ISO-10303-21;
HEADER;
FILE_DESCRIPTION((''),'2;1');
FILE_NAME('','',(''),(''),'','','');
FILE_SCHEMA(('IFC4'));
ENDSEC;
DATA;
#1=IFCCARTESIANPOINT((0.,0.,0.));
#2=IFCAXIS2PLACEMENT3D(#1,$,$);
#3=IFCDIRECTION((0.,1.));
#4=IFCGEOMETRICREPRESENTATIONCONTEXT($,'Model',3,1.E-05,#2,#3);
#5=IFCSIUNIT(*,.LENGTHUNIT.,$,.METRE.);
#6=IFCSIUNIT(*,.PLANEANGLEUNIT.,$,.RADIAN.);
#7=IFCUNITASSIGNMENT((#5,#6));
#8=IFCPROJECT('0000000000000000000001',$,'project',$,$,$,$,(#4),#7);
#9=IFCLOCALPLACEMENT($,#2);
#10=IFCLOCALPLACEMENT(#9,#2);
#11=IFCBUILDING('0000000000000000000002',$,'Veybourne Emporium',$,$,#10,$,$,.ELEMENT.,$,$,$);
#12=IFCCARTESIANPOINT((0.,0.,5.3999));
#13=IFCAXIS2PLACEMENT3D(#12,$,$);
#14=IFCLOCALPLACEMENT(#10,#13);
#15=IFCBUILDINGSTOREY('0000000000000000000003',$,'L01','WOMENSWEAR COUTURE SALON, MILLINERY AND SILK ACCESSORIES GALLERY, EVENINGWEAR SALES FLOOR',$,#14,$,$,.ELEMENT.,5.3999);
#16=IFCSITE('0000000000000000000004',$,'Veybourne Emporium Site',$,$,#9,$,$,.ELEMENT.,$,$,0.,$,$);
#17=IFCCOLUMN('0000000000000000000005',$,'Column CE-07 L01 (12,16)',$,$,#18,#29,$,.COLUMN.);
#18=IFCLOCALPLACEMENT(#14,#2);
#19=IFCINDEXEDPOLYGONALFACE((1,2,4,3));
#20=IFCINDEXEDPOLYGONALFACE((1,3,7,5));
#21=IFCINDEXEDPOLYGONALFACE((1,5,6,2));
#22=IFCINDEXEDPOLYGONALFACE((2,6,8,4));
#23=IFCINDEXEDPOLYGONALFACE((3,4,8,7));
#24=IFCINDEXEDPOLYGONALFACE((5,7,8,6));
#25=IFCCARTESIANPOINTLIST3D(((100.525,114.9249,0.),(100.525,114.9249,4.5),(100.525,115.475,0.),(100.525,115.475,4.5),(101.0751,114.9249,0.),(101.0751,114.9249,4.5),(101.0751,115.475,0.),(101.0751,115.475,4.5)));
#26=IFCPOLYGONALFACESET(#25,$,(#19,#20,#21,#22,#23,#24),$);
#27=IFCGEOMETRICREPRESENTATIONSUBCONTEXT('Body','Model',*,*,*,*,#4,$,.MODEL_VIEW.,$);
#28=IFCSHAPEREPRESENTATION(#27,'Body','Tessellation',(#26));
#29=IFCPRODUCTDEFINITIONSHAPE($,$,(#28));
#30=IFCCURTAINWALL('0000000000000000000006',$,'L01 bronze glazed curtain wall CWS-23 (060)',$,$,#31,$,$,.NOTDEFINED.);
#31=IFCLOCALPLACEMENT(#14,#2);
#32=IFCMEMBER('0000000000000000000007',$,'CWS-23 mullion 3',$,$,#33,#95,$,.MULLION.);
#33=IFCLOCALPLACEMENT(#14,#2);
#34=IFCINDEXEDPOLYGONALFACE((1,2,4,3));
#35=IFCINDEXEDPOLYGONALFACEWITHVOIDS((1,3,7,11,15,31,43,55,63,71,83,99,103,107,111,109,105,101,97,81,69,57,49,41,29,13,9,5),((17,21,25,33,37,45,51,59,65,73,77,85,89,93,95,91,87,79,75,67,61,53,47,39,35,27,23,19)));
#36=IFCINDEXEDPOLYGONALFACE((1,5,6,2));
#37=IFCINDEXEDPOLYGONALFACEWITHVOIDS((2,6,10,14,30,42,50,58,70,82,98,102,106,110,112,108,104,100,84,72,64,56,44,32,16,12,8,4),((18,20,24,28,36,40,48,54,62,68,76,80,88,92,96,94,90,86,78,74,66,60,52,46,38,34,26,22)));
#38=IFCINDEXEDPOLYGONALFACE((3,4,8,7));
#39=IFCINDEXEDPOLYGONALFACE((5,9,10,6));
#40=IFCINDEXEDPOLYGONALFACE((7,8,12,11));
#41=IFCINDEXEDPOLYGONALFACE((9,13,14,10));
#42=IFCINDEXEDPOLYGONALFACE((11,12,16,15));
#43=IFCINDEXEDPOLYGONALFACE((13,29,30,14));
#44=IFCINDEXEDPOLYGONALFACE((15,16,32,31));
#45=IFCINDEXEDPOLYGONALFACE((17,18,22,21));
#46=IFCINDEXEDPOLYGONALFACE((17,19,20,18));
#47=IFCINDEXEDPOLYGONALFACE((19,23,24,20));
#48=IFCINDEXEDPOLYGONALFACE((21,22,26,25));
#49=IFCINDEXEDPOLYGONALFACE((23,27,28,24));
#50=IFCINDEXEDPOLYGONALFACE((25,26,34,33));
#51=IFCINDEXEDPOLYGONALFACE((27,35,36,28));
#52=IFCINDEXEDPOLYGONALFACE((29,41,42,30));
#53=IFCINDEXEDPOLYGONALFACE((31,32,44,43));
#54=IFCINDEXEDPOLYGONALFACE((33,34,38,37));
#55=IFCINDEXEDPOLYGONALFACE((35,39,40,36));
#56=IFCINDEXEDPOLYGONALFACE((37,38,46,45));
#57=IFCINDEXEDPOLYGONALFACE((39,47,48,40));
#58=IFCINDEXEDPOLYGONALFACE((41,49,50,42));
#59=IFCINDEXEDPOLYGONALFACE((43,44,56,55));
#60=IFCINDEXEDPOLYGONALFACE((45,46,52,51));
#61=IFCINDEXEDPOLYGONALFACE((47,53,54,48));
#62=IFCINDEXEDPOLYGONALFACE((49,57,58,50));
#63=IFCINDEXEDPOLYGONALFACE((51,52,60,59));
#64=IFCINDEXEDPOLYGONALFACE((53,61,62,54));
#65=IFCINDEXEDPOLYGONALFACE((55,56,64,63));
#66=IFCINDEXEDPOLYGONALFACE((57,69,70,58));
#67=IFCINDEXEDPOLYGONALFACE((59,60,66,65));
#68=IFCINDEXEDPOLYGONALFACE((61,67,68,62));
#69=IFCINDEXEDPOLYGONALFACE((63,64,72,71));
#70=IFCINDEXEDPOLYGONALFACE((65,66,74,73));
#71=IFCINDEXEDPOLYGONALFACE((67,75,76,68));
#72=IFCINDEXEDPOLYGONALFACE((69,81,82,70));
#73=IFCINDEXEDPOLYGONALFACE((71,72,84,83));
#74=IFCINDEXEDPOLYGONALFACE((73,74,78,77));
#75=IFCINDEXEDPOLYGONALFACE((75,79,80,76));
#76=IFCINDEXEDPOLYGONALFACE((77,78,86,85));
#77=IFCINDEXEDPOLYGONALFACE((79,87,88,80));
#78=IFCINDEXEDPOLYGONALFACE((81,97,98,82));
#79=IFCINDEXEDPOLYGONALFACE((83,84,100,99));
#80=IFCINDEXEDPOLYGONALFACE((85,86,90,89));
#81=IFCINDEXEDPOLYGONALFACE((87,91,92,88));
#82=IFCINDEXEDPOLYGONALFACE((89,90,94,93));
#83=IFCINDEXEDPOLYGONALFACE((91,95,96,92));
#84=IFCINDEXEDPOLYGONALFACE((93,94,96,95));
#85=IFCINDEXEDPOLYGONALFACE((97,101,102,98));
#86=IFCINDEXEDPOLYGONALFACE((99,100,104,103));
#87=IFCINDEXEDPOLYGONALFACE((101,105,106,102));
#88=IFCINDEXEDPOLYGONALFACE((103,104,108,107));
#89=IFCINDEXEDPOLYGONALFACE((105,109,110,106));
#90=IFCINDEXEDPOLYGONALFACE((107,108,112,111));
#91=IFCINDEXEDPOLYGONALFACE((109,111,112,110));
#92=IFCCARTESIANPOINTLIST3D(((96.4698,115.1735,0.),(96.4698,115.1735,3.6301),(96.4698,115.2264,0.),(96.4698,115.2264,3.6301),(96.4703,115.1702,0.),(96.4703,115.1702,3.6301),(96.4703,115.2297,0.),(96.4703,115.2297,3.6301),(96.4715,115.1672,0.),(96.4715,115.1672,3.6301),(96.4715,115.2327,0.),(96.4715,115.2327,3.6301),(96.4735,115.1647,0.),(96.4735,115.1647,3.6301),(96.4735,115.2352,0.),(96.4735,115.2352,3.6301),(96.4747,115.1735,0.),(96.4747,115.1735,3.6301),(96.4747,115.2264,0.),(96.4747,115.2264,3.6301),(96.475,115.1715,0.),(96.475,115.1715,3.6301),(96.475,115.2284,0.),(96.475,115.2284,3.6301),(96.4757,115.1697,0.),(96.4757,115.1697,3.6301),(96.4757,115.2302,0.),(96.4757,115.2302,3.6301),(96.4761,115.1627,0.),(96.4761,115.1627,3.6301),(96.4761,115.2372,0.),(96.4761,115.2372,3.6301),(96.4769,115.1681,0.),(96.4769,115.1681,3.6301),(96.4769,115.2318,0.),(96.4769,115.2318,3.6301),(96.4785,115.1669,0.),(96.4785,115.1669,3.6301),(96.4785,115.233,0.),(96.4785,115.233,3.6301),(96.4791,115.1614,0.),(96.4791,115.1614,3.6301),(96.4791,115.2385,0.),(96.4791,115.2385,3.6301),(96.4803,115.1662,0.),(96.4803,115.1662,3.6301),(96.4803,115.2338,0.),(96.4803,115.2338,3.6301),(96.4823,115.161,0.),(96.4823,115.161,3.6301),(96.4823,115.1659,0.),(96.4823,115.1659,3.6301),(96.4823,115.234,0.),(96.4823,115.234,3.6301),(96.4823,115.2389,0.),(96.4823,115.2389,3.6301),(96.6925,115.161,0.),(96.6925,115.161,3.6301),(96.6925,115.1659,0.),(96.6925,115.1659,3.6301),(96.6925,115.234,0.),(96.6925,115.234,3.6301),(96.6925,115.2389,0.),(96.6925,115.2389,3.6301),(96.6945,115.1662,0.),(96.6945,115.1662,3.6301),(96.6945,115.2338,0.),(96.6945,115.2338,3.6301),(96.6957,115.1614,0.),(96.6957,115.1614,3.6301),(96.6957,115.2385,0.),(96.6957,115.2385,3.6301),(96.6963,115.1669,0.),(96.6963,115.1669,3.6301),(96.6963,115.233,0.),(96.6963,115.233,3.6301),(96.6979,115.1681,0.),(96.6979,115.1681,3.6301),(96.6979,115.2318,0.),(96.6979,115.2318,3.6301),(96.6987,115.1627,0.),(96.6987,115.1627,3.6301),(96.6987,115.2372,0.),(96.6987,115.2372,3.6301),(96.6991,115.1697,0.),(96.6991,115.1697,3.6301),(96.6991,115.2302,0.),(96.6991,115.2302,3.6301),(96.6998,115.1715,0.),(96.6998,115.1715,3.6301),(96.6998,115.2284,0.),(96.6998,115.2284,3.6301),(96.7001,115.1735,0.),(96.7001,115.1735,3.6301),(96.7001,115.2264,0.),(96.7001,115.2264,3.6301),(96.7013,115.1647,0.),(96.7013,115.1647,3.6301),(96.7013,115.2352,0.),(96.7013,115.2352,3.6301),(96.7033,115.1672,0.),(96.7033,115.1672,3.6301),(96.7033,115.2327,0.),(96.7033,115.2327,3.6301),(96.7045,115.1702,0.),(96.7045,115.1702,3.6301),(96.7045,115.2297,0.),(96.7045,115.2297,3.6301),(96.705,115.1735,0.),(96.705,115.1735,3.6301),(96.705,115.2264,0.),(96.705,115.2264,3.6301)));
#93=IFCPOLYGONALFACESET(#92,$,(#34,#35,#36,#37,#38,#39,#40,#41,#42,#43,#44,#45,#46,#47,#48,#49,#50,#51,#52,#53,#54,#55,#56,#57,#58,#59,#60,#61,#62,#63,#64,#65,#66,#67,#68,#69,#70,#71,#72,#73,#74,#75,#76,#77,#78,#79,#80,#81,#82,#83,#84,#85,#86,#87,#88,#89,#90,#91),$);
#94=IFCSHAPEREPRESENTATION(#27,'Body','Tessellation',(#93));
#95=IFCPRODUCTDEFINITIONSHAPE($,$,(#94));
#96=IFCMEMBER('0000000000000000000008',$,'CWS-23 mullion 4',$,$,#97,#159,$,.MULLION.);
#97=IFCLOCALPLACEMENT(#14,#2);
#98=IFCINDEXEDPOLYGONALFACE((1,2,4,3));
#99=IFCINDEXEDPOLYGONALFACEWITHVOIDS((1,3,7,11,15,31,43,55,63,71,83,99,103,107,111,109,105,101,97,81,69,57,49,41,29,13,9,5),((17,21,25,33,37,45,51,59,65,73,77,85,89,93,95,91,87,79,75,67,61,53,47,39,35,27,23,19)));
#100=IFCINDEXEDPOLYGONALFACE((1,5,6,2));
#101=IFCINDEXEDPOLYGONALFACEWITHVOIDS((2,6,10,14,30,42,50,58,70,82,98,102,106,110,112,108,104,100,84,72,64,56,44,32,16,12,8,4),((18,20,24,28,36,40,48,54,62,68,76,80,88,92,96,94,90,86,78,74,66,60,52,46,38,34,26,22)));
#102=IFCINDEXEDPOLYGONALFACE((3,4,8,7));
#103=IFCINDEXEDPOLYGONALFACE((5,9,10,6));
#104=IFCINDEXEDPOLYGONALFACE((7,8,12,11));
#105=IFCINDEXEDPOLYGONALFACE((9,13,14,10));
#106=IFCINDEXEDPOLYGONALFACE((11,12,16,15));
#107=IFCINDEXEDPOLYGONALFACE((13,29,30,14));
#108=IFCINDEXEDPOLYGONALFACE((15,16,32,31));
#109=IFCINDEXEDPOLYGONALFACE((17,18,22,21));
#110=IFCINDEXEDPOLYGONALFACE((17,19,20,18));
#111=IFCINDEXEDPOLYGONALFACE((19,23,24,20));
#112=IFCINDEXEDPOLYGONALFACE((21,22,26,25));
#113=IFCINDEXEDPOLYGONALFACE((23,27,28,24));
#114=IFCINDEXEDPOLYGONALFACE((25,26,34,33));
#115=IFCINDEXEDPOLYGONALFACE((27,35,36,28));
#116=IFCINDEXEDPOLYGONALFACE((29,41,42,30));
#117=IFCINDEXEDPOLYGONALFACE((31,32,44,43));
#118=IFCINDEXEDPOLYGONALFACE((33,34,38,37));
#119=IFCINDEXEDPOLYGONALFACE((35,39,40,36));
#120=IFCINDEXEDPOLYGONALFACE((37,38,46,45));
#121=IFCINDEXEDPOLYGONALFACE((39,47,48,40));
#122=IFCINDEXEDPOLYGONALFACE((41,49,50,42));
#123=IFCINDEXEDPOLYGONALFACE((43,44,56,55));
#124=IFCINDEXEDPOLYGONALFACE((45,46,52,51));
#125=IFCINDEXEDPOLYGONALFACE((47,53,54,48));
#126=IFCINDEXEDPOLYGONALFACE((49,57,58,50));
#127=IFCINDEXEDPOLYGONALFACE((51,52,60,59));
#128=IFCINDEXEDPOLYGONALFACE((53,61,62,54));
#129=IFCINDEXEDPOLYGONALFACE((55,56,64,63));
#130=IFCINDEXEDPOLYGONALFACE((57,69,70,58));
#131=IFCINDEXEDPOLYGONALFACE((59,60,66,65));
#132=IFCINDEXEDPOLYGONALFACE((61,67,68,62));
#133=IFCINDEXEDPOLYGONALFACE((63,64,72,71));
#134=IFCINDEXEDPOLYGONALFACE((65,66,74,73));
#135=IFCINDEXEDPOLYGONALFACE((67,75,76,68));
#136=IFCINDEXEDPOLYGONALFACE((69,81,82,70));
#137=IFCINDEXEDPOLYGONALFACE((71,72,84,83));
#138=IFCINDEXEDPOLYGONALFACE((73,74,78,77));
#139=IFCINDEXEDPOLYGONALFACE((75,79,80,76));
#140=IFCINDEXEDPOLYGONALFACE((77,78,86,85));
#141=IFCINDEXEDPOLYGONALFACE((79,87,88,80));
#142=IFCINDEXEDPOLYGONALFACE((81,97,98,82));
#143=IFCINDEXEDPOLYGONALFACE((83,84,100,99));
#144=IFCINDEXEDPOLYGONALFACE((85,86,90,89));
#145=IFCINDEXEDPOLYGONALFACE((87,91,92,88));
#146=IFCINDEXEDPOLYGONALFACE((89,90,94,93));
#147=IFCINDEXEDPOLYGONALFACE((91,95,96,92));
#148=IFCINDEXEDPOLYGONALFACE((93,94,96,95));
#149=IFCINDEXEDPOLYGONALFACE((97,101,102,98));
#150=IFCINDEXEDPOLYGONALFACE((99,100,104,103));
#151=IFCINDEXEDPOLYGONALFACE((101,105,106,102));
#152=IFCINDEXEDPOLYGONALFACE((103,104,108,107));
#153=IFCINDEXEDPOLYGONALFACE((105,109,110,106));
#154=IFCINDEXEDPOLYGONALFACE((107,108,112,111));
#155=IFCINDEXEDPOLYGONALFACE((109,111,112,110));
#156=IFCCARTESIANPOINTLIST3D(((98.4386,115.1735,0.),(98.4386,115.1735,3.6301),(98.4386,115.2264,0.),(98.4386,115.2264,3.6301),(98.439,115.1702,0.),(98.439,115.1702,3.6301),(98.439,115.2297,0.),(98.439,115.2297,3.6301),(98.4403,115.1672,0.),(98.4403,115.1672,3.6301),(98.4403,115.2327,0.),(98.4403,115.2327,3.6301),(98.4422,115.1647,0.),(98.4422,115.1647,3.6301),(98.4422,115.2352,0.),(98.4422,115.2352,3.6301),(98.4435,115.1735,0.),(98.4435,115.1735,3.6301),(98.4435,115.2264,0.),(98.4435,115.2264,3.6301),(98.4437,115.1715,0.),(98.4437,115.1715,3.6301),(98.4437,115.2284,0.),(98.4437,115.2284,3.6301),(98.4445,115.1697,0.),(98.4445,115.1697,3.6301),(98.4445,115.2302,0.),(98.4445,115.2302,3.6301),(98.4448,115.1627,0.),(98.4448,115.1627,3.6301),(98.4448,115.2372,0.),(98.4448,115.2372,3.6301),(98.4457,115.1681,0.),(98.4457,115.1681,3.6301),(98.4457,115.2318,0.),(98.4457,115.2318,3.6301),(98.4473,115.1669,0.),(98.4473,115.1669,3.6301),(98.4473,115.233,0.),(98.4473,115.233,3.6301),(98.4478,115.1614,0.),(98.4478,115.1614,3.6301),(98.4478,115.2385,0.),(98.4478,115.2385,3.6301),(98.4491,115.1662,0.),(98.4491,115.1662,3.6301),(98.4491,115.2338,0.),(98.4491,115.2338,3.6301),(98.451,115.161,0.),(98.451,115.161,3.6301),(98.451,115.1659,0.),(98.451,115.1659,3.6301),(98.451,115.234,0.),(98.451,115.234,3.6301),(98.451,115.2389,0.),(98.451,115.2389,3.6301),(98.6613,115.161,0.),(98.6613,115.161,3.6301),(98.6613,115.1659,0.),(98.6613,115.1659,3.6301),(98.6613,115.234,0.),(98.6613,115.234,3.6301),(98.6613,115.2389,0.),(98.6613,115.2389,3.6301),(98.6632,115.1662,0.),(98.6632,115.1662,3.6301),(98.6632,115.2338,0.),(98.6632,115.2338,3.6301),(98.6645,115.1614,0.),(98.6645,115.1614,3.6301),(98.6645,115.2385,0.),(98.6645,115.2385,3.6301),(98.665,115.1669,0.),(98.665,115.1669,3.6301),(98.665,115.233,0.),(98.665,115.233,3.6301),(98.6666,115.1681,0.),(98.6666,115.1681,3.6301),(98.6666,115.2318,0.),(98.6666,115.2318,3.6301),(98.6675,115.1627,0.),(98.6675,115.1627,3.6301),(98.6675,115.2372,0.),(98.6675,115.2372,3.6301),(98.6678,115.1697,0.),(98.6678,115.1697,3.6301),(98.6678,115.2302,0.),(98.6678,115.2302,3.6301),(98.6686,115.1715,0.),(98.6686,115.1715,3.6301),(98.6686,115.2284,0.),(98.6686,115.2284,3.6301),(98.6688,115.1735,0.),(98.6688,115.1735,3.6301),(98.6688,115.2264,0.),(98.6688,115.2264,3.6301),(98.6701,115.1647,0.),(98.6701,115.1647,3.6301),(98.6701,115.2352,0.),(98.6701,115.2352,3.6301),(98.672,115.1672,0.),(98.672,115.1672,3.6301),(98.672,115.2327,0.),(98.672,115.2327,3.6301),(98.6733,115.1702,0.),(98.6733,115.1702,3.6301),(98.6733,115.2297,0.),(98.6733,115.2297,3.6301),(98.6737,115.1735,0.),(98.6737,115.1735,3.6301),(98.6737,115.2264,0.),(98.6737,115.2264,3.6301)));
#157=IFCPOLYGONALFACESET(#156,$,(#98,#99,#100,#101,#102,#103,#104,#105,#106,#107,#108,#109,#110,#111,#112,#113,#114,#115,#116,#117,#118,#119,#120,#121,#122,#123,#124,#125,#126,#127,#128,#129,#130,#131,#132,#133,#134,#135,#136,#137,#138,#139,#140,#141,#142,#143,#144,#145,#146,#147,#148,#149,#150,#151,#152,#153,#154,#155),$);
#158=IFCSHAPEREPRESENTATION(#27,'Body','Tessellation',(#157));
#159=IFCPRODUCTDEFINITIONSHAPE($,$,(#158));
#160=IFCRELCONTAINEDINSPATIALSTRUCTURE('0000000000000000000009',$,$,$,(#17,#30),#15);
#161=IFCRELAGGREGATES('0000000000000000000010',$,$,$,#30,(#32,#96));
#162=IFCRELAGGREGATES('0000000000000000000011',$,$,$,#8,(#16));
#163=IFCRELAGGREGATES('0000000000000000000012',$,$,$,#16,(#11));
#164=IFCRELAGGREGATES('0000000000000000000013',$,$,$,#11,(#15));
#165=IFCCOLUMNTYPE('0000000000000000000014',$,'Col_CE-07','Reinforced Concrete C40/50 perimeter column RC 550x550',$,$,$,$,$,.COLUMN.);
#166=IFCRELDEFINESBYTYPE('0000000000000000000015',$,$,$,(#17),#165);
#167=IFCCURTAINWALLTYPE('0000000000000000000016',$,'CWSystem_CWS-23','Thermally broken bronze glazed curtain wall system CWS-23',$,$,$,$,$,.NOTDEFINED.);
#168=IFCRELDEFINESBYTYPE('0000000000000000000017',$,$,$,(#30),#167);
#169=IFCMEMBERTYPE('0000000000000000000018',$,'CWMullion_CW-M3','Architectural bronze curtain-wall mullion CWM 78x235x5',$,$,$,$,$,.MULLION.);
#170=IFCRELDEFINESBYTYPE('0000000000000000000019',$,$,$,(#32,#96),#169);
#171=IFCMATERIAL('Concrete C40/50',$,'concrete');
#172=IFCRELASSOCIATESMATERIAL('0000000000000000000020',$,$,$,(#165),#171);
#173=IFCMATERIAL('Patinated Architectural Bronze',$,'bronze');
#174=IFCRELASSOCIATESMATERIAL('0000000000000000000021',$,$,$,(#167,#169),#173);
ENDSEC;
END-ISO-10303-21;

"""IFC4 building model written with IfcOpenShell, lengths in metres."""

from ifc_helpers import new_model, si_unit, direction, frame, origin, origin_2d, place, context, subcontext, project, spatial, rectangle, hollow_rectangle, extrude, material, material_profile, profile_set, type_object, element, aggregate, save


model = new_model("IFC4")

# Units and contexts
model_context = context("Model", 3, precision=1e-05, world=origin(), true_north=direction((0.0, 1.0)))
body_context = subcontext(model_context, "Body", "Model", "MODEL_VIEW")
ifc_project = project(units=[si_unit("LENGTHUNIT", "METRE"), si_unit("PLANEANGLEUNIT", "RADIAN")], contexts=[model_context])

# Site, building, storey
site_placement = place(None, origin())
site = spatial("IfcSite", under=ifc_project, at=site_placement, Name="Veybourne Emporium Site", CompositionType="ELEMENT", RefElevation=0.0)
building_placement = place(site_placement, origin())
building = spatial("IfcBuilding", under=site, at=building_placement, Name="Veybourne Emporium", CompositionType="ELEMENT")
storey_placement = place(building_placement, frame((0.0, 0.0, 5.3999)))
storey = spatial("IfcBuildingStorey", under=building, at=storey_placement, Name="L01", Description="WOMENSWEAR COUTURE SALON, MILLINERY AND SILK ACCESSORIES GALLERY, EVENINGWEAR SALES FLOOR", CompositionType="ELEMENT", Elevation=5.3999)

# Column
ifc_material_1 = material(Name="Concrete C40/50", Category="concrete")
ifc_material_profile_1 = material_profile(ifc_material_1, rectangle(XDim=0.55, YDim=0.55, at=origin_2d()), Name="RC 550x550")
ifc_profile_set_1 = profile_set([ifc_material_profile_1], Name="Concrete C40/50")
column_type = type_object("IfcColumnType", Name="Col_CE-07", Description="Reinforced Concrete C40/50 perimeter column RC 550x550", PredefinedType="COLUMN", material=ifc_profile_set_1)
column_placement = place(storey_placement, frame((100.8, 115.2, 0.0), z_axis=(0.0, 0.0, 1.0), x_axis=(1.0, 0.0, 0.0)))
element("IfcColumn", 1, at=column_placement, inside=storey, type_object=column_type, Name="Column CE-07 L01 (12,16)", PredefinedType="COLUMN", context=body_context, shape_type="SweptSolid", body=[
    extrude(rectangle(XDim=0.55, YDim=0.55, at=origin_2d()), origin(), (0.0, 0.0, 1.0), 4.5),
])

# Curtain wall, members
ifc_material_2 = material(Name="Patinated Architectural Bronze", Category="bronze")
curtain_wall_type = type_object("IfcCurtainWallType", Name="CWSystem_CWS-23", Description="Thermally broken bronze glazed curtain wall system CWS-23", PredefinedType="NOTDEFINED", material=ifc_material_2)
curtain_wall_placement = place(storey_placement, origin())
curtain_wall = element("IfcCurtainWall", 2, at=curtain_wall_placement, inside=storey, type_object=curtain_wall_type, Name="L01 bronze glazed curtain wall CWS-23 (060)", PredefinedType="NOTDEFINED")
ifc_material_profile_2 = material_profile(ifc_material_2, hollow_rectangle(XDim=0.0779, YDim=0.2351, WallThickness=0.0049, InnerFilletRadius=0.0076, OuterFilletRadius=0.0125, at=origin_2d()), Name="CWM 78x235x5")
ifc_profile_set_2 = profile_set([ifc_material_profile_2], Name="Patinated Architectural Bronze")
member_type_1 = type_object("IfcMemberType", Name="CWMullion_CW-M3", Description="Architectural bronze curtain-wall mullion CWM 78x235x5", PredefinedType="MULLION", material=ifc_profile_set_2)
member_1_placement = place(storey_placement, frame((96.5874, 115.2, 0.0), z_axis=(0.0, 0.0, 1.0), x_axis=(0.0, 1.0, 0.0)))
member_1 = element("IfcMember", 3, at=member_1_placement, type_object=member_type_1, Name="CWS-23 mullion 3", PredefinedType="MULLION", context=body_context, shape_type="SweptSolid", body=[
    extrude(hollow_rectangle(XDim=0.0779, YDim=0.2351, WallThickness=0.0049, InnerFilletRadius=0.0076, OuterFilletRadius=0.0125, at=origin_2d()), origin(), (0.0, 0.0, 1.0), 3.6301),
])
member_2_placement = place(storey_placement, frame((98.5562, 115.2, 0.0), z_axis=(0.0, 0.0, 1.0), x_axis=(0.0, 1.0, 0.0)))
member_2 = element("IfcMember", 4, at=member_2_placement, type_object=member_type_1, Name="CWS-23 mullion 4", PredefinedType="MULLION", context=body_context, shape_type="SweptSolid", body=[
    extrude(hollow_rectangle(XDim=0.0779, YDim=0.2351, WallThickness=0.0049, InnerFilletRadius=0.0076, OuterFilletRadius=0.0125, at=origin_2d()), origin(), (0.0, 0.0, 1.0), 3.6301),
])
aggregate(curtain_wall, [member_1, member_2])

save(model, "model.ifc")
